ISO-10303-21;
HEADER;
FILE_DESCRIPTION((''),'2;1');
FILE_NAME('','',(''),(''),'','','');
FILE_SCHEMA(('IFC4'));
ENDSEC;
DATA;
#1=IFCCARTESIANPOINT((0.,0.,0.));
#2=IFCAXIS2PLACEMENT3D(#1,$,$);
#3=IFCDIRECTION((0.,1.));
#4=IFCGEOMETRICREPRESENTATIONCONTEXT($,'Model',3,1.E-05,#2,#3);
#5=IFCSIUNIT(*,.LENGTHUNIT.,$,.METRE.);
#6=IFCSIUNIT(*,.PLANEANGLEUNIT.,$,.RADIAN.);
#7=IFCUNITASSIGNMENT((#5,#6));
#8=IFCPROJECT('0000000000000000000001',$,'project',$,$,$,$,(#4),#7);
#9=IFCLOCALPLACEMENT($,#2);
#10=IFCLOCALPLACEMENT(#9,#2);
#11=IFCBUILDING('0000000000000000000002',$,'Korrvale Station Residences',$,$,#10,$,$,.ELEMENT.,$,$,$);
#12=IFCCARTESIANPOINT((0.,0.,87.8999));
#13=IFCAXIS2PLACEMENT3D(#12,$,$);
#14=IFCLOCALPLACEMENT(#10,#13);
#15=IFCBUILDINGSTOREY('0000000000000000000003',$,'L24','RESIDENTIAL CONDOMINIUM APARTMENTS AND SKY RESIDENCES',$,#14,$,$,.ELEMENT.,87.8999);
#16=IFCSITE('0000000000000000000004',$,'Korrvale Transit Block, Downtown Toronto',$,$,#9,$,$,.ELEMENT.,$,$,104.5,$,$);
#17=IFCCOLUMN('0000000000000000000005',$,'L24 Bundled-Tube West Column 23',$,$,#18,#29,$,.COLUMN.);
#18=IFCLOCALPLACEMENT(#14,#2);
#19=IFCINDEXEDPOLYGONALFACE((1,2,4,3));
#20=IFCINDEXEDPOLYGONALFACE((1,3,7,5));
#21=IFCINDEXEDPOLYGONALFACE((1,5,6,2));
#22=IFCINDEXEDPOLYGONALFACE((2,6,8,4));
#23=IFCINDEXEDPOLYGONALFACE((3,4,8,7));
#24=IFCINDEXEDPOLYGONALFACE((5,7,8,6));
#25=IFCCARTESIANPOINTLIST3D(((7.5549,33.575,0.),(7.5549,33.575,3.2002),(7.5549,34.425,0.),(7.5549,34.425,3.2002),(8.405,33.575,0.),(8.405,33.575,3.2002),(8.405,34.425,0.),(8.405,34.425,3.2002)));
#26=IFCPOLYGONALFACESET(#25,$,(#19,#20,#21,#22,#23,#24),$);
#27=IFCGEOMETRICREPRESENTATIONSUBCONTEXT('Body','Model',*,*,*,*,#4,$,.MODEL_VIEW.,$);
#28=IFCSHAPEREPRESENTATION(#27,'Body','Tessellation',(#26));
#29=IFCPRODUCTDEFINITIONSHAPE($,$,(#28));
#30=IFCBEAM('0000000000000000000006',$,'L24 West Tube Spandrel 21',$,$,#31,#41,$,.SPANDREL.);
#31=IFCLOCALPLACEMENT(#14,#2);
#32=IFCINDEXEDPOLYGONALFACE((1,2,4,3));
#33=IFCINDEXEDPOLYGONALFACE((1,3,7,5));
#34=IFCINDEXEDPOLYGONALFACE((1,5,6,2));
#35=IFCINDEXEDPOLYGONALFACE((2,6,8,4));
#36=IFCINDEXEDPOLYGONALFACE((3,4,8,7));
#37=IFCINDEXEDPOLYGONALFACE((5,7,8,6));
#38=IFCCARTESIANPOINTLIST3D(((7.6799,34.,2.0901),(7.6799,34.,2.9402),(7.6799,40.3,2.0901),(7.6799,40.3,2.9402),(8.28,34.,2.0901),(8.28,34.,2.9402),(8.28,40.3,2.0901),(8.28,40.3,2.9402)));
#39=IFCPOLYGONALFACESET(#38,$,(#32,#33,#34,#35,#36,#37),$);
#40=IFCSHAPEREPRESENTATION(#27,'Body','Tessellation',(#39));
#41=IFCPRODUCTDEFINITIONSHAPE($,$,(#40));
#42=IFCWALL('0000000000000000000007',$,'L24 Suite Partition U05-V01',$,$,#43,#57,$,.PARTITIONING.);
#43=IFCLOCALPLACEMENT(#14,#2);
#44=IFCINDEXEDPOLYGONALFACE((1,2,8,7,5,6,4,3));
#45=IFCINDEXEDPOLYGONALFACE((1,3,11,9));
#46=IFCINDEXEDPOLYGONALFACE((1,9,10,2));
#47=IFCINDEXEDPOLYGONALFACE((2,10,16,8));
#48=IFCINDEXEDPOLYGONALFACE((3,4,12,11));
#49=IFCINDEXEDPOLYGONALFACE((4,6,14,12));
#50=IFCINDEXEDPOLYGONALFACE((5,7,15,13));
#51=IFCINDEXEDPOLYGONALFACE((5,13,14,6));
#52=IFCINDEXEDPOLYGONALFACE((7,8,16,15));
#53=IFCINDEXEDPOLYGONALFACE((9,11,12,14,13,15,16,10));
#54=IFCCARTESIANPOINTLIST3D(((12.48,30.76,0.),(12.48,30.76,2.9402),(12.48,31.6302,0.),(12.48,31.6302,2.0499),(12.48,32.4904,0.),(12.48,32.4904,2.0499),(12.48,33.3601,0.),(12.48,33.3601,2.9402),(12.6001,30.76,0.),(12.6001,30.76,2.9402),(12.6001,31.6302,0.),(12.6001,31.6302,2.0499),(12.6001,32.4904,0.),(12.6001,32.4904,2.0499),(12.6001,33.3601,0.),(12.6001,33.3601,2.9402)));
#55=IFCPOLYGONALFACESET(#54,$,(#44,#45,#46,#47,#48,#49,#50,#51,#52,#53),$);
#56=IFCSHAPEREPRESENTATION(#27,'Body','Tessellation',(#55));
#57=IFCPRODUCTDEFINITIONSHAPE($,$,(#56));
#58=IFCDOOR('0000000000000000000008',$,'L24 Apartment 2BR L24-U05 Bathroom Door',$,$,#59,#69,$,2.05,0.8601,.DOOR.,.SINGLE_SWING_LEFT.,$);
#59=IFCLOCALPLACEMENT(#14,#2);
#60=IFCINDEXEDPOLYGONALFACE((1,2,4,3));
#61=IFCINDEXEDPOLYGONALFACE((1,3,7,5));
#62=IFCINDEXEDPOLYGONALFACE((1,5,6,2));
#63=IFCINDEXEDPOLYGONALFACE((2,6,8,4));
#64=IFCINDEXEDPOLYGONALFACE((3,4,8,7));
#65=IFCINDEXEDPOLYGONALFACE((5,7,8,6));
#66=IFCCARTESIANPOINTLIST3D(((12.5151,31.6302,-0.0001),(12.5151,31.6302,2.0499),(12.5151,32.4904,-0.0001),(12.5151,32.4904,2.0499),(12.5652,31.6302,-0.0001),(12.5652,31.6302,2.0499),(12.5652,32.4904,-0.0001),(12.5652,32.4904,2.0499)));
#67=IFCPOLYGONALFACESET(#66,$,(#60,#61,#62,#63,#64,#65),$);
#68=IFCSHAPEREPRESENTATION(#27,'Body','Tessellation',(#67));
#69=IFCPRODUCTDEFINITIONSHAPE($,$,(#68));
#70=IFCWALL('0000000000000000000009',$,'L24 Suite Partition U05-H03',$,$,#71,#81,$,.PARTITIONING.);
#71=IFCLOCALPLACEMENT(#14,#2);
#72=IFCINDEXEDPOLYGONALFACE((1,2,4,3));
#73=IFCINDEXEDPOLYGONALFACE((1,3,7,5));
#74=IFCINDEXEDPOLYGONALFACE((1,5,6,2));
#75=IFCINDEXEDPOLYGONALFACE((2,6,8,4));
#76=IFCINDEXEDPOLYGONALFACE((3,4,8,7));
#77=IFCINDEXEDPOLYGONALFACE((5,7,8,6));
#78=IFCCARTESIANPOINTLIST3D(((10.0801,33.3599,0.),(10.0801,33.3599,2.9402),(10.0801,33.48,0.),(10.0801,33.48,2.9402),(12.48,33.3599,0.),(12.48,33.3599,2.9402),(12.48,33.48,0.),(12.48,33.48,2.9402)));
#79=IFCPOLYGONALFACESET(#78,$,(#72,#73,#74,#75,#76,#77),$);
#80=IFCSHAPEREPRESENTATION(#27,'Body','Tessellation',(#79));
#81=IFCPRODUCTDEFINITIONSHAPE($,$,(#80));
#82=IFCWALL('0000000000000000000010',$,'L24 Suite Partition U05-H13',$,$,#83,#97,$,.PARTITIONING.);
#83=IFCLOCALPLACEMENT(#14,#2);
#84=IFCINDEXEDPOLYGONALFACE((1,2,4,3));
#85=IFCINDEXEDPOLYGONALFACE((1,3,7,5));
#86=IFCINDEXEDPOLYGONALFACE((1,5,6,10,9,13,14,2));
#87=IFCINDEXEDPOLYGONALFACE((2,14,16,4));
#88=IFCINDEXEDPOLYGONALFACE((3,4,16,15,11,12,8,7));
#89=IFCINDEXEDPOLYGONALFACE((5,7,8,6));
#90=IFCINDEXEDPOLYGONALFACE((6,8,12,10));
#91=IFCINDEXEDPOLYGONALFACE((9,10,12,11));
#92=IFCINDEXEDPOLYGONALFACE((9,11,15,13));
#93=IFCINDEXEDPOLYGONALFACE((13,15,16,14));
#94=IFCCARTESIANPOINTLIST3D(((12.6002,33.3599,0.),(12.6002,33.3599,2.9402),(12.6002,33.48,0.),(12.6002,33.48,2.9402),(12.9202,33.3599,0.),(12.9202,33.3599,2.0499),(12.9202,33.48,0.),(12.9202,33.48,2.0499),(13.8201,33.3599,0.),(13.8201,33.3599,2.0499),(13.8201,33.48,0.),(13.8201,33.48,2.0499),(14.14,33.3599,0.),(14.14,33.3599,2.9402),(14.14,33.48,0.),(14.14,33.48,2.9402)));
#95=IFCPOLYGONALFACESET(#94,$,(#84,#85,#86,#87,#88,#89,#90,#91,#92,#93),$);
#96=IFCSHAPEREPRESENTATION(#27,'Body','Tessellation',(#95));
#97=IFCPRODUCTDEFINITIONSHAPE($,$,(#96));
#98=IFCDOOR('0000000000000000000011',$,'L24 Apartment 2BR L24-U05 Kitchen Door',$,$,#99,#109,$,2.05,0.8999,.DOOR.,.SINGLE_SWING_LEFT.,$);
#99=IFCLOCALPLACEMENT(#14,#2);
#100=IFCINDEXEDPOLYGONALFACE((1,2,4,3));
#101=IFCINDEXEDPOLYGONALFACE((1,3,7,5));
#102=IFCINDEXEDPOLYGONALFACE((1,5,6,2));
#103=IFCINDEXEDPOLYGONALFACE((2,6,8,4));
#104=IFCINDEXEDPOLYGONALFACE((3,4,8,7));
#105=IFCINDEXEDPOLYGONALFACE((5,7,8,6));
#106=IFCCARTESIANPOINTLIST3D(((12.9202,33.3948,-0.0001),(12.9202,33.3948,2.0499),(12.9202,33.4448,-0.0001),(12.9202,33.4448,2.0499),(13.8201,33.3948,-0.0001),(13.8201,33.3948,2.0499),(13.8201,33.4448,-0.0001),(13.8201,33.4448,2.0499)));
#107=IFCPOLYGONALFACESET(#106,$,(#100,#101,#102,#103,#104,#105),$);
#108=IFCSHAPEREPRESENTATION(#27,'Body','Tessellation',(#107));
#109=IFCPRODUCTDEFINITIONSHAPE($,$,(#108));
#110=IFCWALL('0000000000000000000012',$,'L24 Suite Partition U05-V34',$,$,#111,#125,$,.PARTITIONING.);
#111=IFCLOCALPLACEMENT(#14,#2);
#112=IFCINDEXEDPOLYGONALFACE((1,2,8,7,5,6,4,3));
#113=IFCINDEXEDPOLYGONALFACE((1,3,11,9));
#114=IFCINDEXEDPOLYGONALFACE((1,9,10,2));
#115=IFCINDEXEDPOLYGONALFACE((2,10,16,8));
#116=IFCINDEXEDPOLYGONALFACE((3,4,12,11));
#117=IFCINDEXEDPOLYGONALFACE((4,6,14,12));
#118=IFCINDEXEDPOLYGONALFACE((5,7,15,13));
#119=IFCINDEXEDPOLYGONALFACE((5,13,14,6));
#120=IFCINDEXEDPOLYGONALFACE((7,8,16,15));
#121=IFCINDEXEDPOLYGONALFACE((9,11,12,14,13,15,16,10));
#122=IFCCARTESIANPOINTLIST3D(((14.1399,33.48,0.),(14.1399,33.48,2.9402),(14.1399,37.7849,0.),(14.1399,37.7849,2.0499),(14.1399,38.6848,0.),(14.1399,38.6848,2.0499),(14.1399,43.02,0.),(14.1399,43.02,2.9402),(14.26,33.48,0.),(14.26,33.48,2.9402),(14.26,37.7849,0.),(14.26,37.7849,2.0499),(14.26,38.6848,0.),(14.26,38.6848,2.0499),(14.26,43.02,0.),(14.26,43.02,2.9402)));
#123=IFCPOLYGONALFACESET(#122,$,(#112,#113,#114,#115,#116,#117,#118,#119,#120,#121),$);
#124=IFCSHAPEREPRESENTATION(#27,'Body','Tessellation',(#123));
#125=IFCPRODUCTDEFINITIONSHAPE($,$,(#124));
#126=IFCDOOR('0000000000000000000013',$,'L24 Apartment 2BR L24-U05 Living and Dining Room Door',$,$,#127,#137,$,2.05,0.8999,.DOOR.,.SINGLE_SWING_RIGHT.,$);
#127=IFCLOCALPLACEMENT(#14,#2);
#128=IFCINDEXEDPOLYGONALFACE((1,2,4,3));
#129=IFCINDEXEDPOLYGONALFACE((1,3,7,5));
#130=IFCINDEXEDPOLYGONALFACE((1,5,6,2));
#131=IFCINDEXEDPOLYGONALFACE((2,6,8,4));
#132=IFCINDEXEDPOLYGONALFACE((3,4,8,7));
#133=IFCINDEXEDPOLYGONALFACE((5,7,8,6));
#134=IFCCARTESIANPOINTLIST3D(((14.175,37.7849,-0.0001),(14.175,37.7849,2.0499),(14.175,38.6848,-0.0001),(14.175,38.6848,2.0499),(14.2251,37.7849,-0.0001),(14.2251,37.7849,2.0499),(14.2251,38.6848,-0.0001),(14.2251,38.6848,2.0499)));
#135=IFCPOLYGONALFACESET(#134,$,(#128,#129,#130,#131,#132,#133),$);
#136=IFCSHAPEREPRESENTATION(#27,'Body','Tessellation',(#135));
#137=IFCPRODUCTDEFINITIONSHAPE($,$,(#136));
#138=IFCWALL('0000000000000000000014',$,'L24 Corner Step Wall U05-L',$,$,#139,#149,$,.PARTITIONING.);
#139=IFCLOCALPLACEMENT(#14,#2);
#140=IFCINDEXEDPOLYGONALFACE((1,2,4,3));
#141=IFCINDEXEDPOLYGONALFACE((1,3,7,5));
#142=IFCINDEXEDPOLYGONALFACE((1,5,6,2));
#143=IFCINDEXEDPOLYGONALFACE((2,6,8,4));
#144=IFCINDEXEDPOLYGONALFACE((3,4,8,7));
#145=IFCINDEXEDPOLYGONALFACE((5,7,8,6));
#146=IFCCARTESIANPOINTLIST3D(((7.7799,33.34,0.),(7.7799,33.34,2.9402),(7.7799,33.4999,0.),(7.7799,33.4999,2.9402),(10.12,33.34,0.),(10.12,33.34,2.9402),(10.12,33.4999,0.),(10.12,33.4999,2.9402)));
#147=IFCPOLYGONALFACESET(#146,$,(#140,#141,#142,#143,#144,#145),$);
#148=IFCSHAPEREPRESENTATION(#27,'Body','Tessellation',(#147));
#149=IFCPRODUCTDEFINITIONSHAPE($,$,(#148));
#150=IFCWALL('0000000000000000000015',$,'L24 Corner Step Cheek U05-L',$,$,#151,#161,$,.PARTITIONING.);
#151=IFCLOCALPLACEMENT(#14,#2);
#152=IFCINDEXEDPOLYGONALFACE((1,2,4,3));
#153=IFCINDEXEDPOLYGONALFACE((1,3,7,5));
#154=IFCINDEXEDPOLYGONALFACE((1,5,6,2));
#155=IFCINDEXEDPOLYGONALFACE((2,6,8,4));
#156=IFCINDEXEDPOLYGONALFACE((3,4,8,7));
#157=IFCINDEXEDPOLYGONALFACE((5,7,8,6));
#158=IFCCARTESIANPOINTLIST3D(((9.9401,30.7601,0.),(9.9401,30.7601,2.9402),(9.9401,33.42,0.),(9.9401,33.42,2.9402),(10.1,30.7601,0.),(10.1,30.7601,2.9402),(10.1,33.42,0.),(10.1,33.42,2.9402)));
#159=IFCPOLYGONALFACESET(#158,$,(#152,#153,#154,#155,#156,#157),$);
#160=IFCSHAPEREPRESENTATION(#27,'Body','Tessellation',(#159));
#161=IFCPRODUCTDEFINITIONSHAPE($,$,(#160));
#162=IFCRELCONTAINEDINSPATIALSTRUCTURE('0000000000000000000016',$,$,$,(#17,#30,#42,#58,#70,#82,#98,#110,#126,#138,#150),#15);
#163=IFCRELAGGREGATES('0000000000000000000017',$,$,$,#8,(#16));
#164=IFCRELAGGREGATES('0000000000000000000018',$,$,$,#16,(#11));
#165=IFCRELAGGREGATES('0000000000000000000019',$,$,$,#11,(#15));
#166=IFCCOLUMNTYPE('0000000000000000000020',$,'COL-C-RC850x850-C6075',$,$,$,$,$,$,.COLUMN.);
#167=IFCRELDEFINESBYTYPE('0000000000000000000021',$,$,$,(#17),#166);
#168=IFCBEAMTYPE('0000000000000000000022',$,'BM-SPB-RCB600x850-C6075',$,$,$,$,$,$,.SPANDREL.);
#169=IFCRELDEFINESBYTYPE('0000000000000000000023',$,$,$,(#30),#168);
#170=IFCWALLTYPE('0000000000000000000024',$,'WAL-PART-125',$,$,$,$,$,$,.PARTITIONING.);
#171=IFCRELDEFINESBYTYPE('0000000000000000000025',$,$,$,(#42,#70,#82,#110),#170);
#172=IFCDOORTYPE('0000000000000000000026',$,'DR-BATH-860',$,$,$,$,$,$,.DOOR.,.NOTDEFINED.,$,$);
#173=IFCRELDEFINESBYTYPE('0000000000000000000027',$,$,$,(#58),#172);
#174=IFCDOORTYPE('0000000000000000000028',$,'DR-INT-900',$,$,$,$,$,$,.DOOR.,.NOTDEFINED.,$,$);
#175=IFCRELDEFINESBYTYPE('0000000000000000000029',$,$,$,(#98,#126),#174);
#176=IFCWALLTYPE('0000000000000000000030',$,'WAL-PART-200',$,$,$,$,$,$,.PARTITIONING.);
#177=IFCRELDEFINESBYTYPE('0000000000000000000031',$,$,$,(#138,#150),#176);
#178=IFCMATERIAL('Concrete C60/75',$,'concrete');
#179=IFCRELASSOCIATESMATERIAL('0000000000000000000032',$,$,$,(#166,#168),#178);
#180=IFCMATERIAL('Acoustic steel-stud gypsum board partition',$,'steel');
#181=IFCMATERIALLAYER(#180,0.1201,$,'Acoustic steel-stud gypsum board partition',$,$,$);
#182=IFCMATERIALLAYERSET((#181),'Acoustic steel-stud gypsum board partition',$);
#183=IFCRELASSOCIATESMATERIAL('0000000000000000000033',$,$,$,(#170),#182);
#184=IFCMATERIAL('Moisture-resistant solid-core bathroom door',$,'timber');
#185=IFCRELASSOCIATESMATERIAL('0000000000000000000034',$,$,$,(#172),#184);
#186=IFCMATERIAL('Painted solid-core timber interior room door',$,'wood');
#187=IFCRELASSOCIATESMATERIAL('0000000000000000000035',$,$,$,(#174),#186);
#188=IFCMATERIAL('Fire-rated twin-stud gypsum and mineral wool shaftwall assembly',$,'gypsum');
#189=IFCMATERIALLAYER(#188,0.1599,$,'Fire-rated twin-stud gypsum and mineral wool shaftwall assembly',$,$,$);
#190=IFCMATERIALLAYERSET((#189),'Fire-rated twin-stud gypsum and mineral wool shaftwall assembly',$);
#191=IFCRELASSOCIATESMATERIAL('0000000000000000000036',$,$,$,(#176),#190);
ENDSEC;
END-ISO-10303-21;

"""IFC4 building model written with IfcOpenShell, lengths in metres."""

from ifc_helpers import new_model, si_unit, direction, frame, frame_2d, origin, origin_2d, place, context, subcontext, project, spatial, rectangle, extrude, material, layer, layer_set, material_profile, profile_set, type_object, element, fill, save


model = new_model("IFC4")

# Units and contexts
model_context = context("Model", 3, precision=1e-05, world=origin(), true_north=direction((0.0, 1.0)))
body_context = subcontext(model_context, "Body", "Model", "MODEL_VIEW")
ifc_project = project(units=[si_unit("LENGTHUNIT", "METRE"), si_unit("PLANEANGLEUNIT", "RADIAN")], contexts=[model_context])

# Site, building, storey
site_placement = place(None, origin())
site = spatial("IfcSite", under=ifc_project, at=site_placement, Name="Korrvale Transit Block, Downtown Toronto", CompositionType="ELEMENT", RefElevation=104.5)
building_placement = place(site_placement, origin())
building = spatial("IfcBuilding", under=site, at=building_placement, Name="Korrvale Station Residences", CompositionType="ELEMENT")
storey_placement = place(building_placement, frame((0.0, 0.0, 87.8999)))
storey = spatial("IfcBuildingStorey", under=building, at=storey_placement, Name="L24", Description="RESIDENTIAL CONDOMINIUM APARTMENTS AND SKY RESIDENCES", CompositionType="ELEMENT", Elevation=87.8999)

# Column
ifc_material_1 = material(Name="Concrete C60/75", Category="concrete")
ifc_material_profile_1 = material_profile(ifc_material_1, rectangle(XDim=0.8501, YDim=0.8501, at=origin_2d()), Name="RC850x850")
ifc_profile_set_1 = profile_set([ifc_material_profile_1], Name="Concrete C60/75")
column_type = type_object("IfcColumnType", Name="COL-C-RC850x850-C6075", PredefinedType="COLUMN", material=ifc_profile_set_1)
column_placement = place(storey_placement, frame((7.98, 34.0, 0.0), z_axis=(0.0, 0.0, 1.0), x_axis=(1.0, 0.0, 0.0)))
element("IfcColumn", 1, at=column_placement, inside=storey, type_object=column_type, Name="L24 Bundled-Tube West Column 23", PredefinedType="COLUMN", context=body_context, shape_type="SweptSolid", body=[
    extrude(rectangle(XDim=0.8501, YDim=0.8501, at=origin_2d()), origin(), (0.0, 0.0, 1.0), 3.2002),
])

# Beam
ifc_material_profile_2 = material_profile(ifc_material_1, rectangle(XDim=0.6001, YDim=0.8501, at=origin_2d()), Name="RCB600x850")
ifc_profile_set_2 = profile_set([ifc_material_profile_2], Name="Concrete C60/75")
beam_type = type_object("IfcBeamType", Name="BM-SPB-RCB600x850-C6075", PredefinedType="SPANDREL", material=ifc_profile_set_2)
beam_placement = place(storey_placement, frame((7.98, 34.0, 2.5151), z_axis=(0.0, 1.0, 0.0), x_axis=(-1.0, 0.0, 0.0)))
element("IfcBeam", 2, at=beam_placement, inside=storey, type_object=beam_type, Name="L24 West Tube Spandrel 21", PredefinedType="SPANDREL", context=body_context, shape_type="SweptSolid", body=[
    extrude(rectangle(XDim=0.6001, YDim=0.8501, at=origin_2d()), origin(), (0.0, 0.0, 1.0), 6.3),
])

# Wall, opening, door
ifc_material_2 = material(Name="Acoustic steel-stud gypsum board partition", Category="steel")
ifc_layer_1 = layer(ifc_material_2, 0.1201, Name="Acoustic steel-stud gypsum board partition")
ifc_layer_set_1 = layer_set([ifc_layer_1], Name="Acoustic steel-stud gypsum board partition")
wall_type_1 = type_object("IfcWallType", Name="WAL-PART-125", PredefinedType="PARTITIONING", material=ifc_layer_set_1)
wall_1_placement = place(storey_placement, frame((12.54, 30.76, 0.0), z_axis=(0.0, 0.0, 1.0), x_axis=(0.0, 1.0, 0.0)))
wall_1 = element("IfcWall", 3, at=wall_1_placement, inside=storey, type_object=wall_type_1, Name="L24 Suite Partition U05-V01", PredefinedType="PARTITIONING", context=body_context, shape_type="SweptSolid", body=[
    extrude(rectangle(XDim=2.6001, YDim=0.1201, at=frame_2d((1.3, 0.0))), origin(), (0.0, 0.0, 1.0), 2.9402),
])
opening_1_placement = place(wall_1_placement, frame((0.8701, 0.0, 0.0)))
opening_1 = element("IfcOpeningElement", 4, at=opening_1_placement, cuts=wall_1, PredefinedType="OPENING", context=body_context, shape_type="SweptSolid", body=[
    extrude(rectangle(XDim=0.8601, YDim=2.05, at=frame_2d((0.4302, 1.0249))), frame((0.0, 0.0701, 0.0), z_axis=(0.0, -1.0, 0.0), x_axis=(1.0, 0.0, 0.0)), (0.0, 0.0, 1.0), 0.1401),
])
ifc_material_3 = material(Name="Moisture-resistant solid-core bathroom door", Category="timber")
door_type_1 = type_object("IfcDoorType", Name="DR-BATH-860", OperationType="NOTDEFINED", PredefinedType="DOOR", material=ifc_material_3)
door_1_placement = place(opening_1_placement, origin())
door_1 = element("IfcDoor", 5, at=door_1_placement, inside=storey, type_object=door_type_1, Name="L24 Apartment 2BR L24-U05 Bathroom Door", OperationType="SINGLE_SWING_LEFT", OverallHeight=2.05, OverallWidth=0.8601, PredefinedType="DOOR", context=body_context, shape_type="SweptSolid", body=[
    extrude(rectangle(XDim=0.8601, YDim=2.05, at=frame_2d((0.4302, 1.0249))), frame((0.0, 0.0249, 0.0), z_axis=(0.0, -1.0, 0.0), x_axis=(1.0, 0.0, 0.0)), (0.0, 0.0, 1.0), 0.05),
])
fill(opening_1, door_1)

# Wall
wall_2_placement = place(storey_placement, frame((10.0801, 33.4199, 0.0), z_axis=(0.0, 0.0, 1.0), x_axis=(1.0, 0.0, 0.0)))
element("IfcWall", 6, at=wall_2_placement, inside=storey, type_object=wall_type_1, Name="L24 Suite Partition U05-H03", PredefinedType="PARTITIONING", context=body_context, shape_type="SweptSolid", body=[
    extrude(rectangle(XDim=2.3999, YDim=0.1201, at=frame_2d((1.2, 0.0))), origin(), (0.0, 0.0, 1.0), 2.9402),
])

# Walls, openings, doors
wall_3_placement = place(storey_placement, frame((12.6001, 33.4199, 0.0), z_axis=(0.0, 0.0, 1.0), x_axis=(1.0, 0.0, 0.0)))
wall_3 = element("IfcWall", 7, at=wall_3_placement, inside=storey, type_object=wall_type_1, Name="L24 Suite Partition U05-H13", PredefinedType="PARTITIONING", context=body_context, shape_type="SweptSolid", body=[
    extrude(rectangle(XDim=1.5398, YDim=0.1201, at=frame_2d((0.77, 0.0))), origin(), (0.0, 0.0, 1.0), 2.9402),
])
opening_2_placement = place(wall_3_placement, frame((0.3201, 0.0, 0.0)))
opening_2 = element("IfcOpeningElement", 8, at=opening_2_placement, cuts=wall_3, PredefinedType="OPENING", context=body_context, shape_type="SweptSolid", body=[
    extrude(rectangle(XDim=0.8999, YDim=2.05, at=frame_2d((0.45, 1.0249))), frame((0.0, 0.0701, 0.0), z_axis=(0.0, -1.0, 0.0), x_axis=(1.0, 0.0, 0.0)), (0.0, 0.0, 1.0), 0.1401),
])
ifc_material_4 = material(Name="Painted solid-core timber interior room door", Category="wood")
door_type_2 = type_object("IfcDoorType", Name="DR-INT-900", OperationType="NOTDEFINED", PredefinedType="DOOR", material=ifc_material_4)
door_2_placement = place(opening_2_placement, origin())
door_2 = element("IfcDoor", 9, at=door_2_placement, inside=storey, type_object=door_type_2, Name="L24 Apartment 2BR L24-U05 Kitchen Door", OperationType="SINGLE_SWING_LEFT", OverallHeight=2.05, OverallWidth=0.8999, PredefinedType="DOOR", context=body_context, shape_type="SweptSolid", body=[
    extrude(rectangle(XDim=0.8999, YDim=2.05, at=frame_2d((0.45, 1.0249))), frame((0.0, 0.0249, 0.0), z_axis=(0.0, -1.0, 0.0), x_axis=(1.0, 0.0, 0.0)), (0.0, 0.0, 1.0), 0.05),
])
fill(opening_2, door_2)
wall_4_placement = place(storey_placement, frame((14.2, 33.48, 0.0), z_axis=(0.0, 0.0, 1.0), x_axis=(0.0, 1.0, 0.0)))
wall_4 = element("IfcWall", 10, at=wall_4_placement, inside=storey, type_object=wall_type_1, Name="L24 Suite Partition U05-V34", PredefinedType="PARTITIONING", context=body_context, shape_type="SweptSolid", body=[
    extrude(rectangle(XDim=9.54, YDim=0.1201, at=frame_2d((4.77, 0.0))), origin(), (0.0, 0.0, 1.0), 2.9402),
])
opening_3_placement = place(wall_4_placement, frame((4.3049, 0.0, 0.0)))
opening_3 = element("IfcOpeningElement", 11, at=opening_3_placement, cuts=wall_4, PredefinedType="OPENING", context=body_context, shape_type="SweptSolid", body=[
    extrude(rectangle(XDim=0.8999, YDim=2.05, at=frame_2d((0.45, 1.0249))), frame((0.0, 0.0701, 0.0), z_axis=(0.0, -1.0, 0.0), x_axis=(1.0, 0.0, 0.0)), (0.0, 0.0, 1.0), 0.1401),
])
door_3_placement = place(opening_3_placement, origin())
door_3 = element("IfcDoor", 12, at=door_3_placement, inside=storey, type_object=door_type_2, Name="L24 Apartment 2BR L24-U05 Living and Dining Room Door", OperationType="SINGLE_SWING_RIGHT", OverallHeight=2.05, OverallWidth=0.8999, PredefinedType="DOOR", context=body_context, shape_type="SweptSolid", body=[
    extrude(rectangle(XDim=0.8999, YDim=2.05, at=frame_2d((0.45, 1.0249))), frame((0.0, 0.0249, 0.0), z_axis=(0.0, -1.0, 0.0), x_axis=(1.0, 0.0, 0.0)), (0.0, 0.0, 1.0), 0.05),
])
fill(opening_3, door_3)

# Walls
ifc_material_5 = material(Name="Fire-rated twin-stud gypsum and mineral wool shaftwall assembly", Category="gypsum")
ifc_layer_2 = layer(ifc_material_5, 0.1599, Name="Fire-rated twin-stud gypsum and mineral wool shaftwall assembly")
ifc_layer_set_2 = layer_set([ifc_layer_2], Name="Fire-rated twin-stud gypsum and mineral wool shaftwall assembly")
wall_type_2 = type_object("IfcWallType", Name="WAL-PART-200", PredefinedType="PARTITIONING", material=ifc_layer_set_2)
wall_5_placement = place(storey_placement, frame((7.78, 33.4199, 0.0), z_axis=(0.0, 0.0, 1.0), x_axis=(1.0, 0.0, 0.0)))
element("IfcWall", 13, at=wall_5_placement, inside=storey, type_object=wall_type_2, Name="L24 Corner Step Wall U05-L", PredefinedType="PARTITIONING", context=body_context, shape_type="SweptSolid", body=[
    extrude(rectangle(XDim=2.3401, YDim=0.1599, at=frame_2d((1.1699, 0.0))), origin(), (0.0, 0.0, 1.0), 2.9402),
])
wall_6_placement = place(storey_placement, frame((10.02, 30.76, 0.0), z_axis=(0.0, 0.0, 1.0), x_axis=(0.0, 1.0, 0.0)))
element("IfcWall", 14, at=wall_6_placement, inside=storey, type_object=wall_type_2, Name="L24 Corner Step Cheek U05-L", PredefinedType="PARTITIONING", context=body_context, shape_type="SweptSolid", body=[
    extrude(rectangle(XDim=2.6599, YDim=0.1599, at=frame_2d((1.3301, 0.0))), origin(), (0.0, 0.0, 1.0), 2.9402),
])

save(model, "model.ifc")
